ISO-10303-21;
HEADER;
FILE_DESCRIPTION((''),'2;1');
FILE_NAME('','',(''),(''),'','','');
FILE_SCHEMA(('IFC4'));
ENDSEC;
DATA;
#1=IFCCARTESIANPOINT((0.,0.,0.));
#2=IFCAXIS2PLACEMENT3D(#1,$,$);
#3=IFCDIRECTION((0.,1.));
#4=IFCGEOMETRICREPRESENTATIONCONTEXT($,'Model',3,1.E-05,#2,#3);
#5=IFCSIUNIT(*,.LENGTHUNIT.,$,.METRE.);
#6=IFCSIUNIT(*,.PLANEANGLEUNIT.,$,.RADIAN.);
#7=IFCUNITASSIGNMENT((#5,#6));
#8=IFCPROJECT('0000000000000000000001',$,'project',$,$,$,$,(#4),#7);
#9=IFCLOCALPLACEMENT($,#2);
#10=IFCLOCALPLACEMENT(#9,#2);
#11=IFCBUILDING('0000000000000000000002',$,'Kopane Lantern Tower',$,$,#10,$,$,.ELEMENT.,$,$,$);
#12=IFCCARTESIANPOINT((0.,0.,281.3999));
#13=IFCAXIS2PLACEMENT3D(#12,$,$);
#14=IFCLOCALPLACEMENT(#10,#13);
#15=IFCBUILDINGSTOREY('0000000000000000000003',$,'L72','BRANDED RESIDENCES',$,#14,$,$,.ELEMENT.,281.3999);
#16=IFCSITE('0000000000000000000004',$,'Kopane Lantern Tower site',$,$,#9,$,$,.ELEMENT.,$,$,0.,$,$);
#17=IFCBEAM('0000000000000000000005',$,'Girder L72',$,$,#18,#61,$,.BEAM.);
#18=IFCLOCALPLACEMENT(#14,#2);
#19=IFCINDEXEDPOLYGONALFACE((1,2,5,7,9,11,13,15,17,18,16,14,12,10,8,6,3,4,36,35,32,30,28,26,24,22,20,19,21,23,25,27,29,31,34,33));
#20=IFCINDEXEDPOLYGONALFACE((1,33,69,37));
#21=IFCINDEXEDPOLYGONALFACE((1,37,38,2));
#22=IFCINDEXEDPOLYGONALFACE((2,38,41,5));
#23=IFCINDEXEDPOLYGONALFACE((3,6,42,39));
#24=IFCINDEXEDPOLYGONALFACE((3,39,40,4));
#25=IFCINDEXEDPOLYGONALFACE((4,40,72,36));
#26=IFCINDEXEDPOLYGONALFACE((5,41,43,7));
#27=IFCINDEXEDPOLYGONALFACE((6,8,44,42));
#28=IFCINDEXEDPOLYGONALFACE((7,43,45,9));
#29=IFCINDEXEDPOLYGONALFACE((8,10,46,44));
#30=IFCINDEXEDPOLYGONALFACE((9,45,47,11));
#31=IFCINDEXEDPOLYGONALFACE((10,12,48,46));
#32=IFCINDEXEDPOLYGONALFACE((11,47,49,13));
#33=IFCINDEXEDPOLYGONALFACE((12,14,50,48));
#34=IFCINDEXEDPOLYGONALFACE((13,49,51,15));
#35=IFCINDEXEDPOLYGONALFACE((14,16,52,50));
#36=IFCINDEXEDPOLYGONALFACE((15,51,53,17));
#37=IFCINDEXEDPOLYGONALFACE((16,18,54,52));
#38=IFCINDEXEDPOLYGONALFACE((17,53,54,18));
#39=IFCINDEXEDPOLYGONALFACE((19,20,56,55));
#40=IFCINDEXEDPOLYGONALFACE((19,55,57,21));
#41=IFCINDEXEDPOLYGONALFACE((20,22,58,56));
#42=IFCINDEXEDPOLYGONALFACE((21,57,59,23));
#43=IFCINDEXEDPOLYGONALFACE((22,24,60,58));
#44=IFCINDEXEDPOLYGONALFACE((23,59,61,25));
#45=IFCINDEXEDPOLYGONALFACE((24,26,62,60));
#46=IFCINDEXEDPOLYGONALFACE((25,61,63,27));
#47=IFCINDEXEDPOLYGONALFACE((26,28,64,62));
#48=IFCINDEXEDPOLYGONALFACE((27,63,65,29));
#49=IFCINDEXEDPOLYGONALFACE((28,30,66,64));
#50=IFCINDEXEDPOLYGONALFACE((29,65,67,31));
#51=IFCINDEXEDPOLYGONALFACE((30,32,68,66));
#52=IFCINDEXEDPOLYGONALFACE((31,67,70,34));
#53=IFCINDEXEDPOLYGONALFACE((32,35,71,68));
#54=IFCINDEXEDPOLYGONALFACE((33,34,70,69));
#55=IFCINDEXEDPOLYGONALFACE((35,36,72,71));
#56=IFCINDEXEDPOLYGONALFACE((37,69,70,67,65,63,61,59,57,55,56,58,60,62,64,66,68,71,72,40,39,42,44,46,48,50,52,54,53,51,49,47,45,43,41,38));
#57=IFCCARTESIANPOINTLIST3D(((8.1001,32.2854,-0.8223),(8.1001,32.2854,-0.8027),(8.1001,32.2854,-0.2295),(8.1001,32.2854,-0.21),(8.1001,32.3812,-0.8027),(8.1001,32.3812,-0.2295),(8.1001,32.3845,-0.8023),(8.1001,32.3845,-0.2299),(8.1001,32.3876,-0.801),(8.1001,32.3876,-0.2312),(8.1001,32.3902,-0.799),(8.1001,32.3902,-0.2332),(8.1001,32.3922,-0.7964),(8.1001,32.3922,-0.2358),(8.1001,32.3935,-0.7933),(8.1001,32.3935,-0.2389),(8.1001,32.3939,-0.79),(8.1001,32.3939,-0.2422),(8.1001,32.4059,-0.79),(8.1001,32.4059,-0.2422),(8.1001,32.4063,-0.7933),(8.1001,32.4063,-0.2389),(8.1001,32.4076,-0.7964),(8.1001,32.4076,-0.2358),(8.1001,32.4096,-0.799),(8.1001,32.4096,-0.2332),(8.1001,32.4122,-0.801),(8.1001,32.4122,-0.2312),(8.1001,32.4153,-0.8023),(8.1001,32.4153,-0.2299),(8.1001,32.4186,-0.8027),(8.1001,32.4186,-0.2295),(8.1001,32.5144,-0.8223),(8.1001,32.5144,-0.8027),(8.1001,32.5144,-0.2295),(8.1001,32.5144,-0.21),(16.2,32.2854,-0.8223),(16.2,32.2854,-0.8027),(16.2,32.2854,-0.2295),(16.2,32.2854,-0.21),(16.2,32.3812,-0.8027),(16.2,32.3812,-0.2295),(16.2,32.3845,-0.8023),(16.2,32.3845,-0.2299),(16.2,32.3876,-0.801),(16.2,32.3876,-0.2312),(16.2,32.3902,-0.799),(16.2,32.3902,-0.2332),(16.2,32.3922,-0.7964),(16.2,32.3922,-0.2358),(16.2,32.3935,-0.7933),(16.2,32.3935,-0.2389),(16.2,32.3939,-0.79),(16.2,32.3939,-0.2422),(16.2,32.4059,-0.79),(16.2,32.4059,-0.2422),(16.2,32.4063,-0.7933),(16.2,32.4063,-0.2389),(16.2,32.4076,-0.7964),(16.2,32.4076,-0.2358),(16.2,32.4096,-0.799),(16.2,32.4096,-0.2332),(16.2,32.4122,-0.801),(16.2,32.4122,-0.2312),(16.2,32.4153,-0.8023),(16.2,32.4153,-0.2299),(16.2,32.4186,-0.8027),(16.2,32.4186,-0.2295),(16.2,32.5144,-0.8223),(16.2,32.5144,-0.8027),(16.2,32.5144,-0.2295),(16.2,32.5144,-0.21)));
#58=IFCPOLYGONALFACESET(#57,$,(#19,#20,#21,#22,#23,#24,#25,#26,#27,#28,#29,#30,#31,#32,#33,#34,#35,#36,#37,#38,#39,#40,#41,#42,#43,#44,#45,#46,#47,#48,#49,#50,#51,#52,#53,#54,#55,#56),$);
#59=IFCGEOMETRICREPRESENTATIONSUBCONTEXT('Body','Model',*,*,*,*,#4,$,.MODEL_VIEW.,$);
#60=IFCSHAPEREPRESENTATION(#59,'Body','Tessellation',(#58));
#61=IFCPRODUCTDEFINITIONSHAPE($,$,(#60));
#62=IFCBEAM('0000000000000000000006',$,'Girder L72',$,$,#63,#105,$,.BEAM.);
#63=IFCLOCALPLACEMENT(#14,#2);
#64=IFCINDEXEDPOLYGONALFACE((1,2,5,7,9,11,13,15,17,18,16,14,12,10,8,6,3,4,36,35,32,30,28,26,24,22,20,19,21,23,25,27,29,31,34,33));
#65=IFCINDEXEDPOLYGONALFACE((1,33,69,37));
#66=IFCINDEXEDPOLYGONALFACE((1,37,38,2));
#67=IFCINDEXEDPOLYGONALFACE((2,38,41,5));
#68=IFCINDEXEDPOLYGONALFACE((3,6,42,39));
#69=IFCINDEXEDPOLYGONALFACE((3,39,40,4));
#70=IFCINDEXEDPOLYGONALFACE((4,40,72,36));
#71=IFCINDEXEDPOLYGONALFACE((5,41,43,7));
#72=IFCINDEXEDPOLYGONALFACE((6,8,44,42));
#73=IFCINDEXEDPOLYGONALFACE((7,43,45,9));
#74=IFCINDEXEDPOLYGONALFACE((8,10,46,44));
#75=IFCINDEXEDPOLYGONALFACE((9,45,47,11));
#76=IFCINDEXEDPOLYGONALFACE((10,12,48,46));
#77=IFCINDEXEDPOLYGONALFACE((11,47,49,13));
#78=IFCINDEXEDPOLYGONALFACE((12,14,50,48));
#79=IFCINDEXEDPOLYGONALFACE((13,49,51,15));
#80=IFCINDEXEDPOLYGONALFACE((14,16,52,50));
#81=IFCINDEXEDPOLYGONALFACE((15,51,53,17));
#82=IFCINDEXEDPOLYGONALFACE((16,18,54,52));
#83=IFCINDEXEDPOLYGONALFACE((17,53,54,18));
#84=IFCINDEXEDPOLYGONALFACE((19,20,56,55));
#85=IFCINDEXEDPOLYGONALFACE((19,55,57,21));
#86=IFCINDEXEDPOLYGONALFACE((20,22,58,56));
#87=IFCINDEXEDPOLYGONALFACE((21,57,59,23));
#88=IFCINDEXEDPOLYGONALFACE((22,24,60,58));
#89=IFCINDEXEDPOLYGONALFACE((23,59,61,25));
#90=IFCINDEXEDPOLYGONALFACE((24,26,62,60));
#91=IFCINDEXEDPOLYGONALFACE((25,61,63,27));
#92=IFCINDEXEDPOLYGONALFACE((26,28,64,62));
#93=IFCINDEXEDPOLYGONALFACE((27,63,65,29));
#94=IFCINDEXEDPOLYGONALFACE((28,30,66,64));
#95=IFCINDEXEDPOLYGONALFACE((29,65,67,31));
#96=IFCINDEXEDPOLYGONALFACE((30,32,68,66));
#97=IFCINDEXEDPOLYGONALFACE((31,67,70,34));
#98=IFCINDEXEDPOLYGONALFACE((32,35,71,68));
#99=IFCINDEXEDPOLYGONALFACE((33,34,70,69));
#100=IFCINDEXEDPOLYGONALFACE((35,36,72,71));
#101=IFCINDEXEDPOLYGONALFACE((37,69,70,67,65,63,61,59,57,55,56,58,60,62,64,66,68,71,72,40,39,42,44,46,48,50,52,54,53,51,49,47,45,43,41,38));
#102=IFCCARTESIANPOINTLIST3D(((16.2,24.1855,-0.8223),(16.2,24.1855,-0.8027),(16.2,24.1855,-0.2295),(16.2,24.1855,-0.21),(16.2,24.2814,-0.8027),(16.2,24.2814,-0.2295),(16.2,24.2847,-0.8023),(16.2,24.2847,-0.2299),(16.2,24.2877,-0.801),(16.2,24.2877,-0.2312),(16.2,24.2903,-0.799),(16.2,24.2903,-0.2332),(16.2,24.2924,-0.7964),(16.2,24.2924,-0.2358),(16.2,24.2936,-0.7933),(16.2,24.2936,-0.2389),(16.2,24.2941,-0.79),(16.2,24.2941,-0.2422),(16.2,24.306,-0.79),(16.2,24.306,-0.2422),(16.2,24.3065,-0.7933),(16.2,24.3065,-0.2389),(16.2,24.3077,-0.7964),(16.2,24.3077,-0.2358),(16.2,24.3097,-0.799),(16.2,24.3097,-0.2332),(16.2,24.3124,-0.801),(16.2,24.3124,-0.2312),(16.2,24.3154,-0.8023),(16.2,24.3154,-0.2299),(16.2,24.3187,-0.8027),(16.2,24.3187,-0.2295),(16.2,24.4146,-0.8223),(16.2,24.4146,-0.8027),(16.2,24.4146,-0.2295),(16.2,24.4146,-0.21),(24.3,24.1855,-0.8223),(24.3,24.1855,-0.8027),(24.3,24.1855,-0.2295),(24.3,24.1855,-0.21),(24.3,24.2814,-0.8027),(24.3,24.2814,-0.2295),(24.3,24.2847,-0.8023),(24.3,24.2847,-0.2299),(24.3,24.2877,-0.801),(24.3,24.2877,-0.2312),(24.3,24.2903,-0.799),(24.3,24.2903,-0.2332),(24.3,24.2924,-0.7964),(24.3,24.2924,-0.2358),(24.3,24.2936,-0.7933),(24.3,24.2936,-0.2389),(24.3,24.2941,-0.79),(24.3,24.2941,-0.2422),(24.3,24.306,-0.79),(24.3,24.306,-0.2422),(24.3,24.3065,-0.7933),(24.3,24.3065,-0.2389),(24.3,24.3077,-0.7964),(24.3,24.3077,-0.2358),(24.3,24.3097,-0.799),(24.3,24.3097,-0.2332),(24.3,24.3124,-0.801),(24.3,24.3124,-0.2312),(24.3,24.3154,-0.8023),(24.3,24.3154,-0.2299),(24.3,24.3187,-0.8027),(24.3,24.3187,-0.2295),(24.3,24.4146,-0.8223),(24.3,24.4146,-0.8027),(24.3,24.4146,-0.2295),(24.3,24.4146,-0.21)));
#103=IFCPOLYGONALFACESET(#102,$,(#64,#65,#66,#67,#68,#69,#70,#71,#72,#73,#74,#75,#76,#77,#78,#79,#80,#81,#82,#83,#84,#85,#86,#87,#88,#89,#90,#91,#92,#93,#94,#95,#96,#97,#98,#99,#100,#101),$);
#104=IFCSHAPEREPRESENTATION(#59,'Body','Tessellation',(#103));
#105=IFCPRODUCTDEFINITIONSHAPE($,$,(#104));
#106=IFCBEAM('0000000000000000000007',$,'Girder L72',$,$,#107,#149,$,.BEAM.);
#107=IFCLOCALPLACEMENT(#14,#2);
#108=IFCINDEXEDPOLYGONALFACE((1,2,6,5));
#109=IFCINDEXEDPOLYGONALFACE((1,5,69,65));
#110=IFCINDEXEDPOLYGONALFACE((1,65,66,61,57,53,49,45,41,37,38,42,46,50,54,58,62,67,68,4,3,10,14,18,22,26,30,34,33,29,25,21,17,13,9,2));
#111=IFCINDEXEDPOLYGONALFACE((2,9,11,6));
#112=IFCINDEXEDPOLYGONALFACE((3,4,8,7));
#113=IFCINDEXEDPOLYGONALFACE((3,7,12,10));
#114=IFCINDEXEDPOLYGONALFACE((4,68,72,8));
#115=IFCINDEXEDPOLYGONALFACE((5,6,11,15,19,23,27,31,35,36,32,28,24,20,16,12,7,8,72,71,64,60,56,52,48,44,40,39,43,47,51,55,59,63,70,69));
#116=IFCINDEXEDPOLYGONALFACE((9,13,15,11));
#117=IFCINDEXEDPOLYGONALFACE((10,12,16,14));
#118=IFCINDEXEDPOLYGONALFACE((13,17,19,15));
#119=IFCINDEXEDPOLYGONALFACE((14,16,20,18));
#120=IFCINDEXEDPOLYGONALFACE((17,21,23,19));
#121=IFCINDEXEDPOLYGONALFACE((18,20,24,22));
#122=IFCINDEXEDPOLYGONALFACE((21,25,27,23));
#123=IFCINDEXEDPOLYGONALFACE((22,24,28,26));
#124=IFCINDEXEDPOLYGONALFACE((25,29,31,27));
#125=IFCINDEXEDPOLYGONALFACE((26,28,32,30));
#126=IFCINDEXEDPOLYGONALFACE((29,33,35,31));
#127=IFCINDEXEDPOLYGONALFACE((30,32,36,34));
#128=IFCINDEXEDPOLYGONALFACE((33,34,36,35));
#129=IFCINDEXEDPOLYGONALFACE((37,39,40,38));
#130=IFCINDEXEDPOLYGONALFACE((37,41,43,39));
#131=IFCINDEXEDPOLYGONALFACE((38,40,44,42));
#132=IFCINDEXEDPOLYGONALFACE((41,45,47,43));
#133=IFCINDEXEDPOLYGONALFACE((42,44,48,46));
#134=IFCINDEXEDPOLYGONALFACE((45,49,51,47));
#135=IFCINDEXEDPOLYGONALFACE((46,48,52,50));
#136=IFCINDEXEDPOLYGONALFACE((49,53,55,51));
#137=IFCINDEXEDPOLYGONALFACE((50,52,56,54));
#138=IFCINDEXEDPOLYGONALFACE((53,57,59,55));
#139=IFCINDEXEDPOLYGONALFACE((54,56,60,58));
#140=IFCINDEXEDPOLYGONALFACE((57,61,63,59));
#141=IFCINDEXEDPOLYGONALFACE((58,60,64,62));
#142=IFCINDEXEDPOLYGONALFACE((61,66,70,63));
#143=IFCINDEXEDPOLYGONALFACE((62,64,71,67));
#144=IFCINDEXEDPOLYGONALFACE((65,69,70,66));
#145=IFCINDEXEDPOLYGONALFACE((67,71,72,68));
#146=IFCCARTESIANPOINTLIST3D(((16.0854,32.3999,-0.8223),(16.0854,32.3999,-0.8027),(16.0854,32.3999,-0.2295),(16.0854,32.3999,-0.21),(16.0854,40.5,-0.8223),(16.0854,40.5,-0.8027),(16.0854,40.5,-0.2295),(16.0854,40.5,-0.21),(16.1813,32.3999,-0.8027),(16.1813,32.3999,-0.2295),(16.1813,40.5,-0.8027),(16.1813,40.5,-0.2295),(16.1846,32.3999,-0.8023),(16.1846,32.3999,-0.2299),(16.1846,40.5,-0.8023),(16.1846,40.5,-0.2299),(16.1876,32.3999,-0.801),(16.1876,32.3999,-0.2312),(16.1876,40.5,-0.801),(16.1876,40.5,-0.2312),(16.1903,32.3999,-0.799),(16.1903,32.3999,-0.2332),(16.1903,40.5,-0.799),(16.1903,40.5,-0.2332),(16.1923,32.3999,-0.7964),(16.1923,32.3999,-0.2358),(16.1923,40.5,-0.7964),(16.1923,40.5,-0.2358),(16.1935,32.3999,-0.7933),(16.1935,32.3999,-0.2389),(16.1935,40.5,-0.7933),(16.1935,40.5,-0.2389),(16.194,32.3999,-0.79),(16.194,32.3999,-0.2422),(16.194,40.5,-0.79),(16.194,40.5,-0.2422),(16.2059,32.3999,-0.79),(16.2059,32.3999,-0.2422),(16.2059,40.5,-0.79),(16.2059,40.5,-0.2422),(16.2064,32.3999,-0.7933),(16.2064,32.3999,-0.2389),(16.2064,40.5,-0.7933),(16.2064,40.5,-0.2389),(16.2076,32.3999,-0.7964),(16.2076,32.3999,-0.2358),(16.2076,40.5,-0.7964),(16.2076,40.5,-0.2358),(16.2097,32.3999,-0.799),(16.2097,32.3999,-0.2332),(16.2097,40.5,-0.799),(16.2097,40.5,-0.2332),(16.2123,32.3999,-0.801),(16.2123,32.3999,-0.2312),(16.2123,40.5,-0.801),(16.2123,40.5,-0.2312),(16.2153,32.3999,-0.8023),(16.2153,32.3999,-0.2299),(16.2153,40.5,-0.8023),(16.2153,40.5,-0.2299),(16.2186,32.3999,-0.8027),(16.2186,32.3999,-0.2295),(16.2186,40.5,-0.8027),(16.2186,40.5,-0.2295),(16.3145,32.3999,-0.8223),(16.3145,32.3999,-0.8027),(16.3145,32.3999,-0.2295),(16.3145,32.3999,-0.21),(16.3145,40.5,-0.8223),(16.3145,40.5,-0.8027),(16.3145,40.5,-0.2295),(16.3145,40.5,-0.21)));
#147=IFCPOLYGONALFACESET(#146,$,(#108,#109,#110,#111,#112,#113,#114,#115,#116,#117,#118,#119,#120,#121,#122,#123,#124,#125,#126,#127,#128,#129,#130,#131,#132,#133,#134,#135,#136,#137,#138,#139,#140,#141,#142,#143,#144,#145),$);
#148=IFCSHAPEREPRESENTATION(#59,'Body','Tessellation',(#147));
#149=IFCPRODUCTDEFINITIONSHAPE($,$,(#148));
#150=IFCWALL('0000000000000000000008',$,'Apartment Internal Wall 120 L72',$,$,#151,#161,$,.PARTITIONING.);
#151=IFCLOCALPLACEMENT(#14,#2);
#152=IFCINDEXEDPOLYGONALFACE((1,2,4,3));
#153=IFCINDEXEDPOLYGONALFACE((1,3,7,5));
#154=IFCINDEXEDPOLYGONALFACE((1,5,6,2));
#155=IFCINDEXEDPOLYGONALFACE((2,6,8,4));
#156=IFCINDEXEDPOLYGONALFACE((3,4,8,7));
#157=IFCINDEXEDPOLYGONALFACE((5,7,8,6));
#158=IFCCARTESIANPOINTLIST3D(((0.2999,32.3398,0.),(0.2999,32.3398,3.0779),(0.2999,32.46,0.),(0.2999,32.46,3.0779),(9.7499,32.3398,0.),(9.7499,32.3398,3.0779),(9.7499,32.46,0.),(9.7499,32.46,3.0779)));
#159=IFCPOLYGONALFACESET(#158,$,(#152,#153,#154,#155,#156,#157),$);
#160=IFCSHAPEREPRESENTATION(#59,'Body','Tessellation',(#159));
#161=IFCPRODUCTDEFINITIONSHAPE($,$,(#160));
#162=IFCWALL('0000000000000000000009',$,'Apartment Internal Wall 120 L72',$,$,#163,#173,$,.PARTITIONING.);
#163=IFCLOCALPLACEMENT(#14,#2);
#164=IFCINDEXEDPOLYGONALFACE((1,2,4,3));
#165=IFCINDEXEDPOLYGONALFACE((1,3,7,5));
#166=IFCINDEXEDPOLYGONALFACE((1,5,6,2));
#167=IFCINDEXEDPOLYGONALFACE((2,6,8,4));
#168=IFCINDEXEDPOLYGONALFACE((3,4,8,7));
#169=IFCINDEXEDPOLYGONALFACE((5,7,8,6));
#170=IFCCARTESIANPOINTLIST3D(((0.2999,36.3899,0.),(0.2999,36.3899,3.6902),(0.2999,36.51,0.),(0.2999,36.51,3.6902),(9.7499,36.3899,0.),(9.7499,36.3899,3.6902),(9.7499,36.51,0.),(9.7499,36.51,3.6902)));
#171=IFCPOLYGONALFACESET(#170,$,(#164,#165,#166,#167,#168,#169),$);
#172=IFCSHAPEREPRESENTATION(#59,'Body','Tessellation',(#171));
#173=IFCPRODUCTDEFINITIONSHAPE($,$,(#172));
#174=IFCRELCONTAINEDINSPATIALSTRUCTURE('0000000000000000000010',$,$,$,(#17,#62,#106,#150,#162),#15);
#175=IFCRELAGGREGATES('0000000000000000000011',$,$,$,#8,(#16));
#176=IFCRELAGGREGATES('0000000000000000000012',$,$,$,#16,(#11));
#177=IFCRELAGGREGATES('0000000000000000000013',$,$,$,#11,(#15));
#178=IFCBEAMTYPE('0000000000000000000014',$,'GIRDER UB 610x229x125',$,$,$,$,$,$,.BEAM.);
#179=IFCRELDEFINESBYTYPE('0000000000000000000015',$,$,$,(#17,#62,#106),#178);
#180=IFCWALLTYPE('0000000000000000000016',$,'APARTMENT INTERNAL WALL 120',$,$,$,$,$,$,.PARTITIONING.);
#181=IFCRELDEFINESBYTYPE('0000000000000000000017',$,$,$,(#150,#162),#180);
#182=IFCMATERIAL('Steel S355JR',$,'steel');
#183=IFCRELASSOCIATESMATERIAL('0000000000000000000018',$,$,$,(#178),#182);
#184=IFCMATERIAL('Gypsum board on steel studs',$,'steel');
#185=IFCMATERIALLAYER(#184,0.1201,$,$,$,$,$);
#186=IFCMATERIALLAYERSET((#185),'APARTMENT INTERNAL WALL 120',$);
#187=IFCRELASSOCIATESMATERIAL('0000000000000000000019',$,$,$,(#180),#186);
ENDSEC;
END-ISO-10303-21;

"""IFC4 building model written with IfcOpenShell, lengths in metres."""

from ifc_helpers import new_model, si_unit, direction, frame, frame_2d, origin, origin_2d, place, context, subcontext, project, spatial, rectangle, i_section, extrude, material, layer, layer_set, material_profile, profile_set, type_object, element, save


model = new_model("IFC4")

# Units and contexts
model_context = context("Model", 3, precision=1e-05, world=origin(), true_north=direction((0.0, 1.0)))
body_context = subcontext(model_context, "Body", "Model", "MODEL_VIEW")
ifc_project = project(units=[si_unit("LENGTHUNIT", "METRE"), si_unit("PLANEANGLEUNIT", "RADIAN")], contexts=[model_context])

# Site, building, storey
site_placement = place(None, origin())
site = spatial("IfcSite", under=ifc_project, at=site_placement, Name="Kopane Lantern Tower site", CompositionType="ELEMENT", RefElevation=0.0)
building_placement = place(site_placement, origin())
building = spatial("IfcBuilding", under=site, at=building_placement, Name="Kopane Lantern Tower", CompositionType="ELEMENT")
storey_placement = place(building_placement, frame((0.0, 0.0, 281.3999)))
storey = spatial("IfcBuildingStorey", under=building, at=storey_placement, Name="L72", Description="BRANDED RESIDENCES", CompositionType="ELEMENT", Elevation=281.3999)

# Beams
ifc_material_1 = material(Name="Steel S355JR", Category="steel")
ifc_material_profile_1 = material_profile(ifc_material_1, i_section(OverallWidth=0.229, OverallDepth=0.6123, WebThickness=0.012, FlangeThickness=0.0195, FilletRadius=0.0127, at=origin_2d()), Name="UB 610x229x125")
ifc_profile_set_1 = profile_set([ifc_material_profile_1], Name="Steel S355JR")
beam_type_1 = type_object("IfcBeamType", Name="GIRDER UB 610x229x125", PredefinedType="BEAM", material=ifc_profile_set_1)
beam_1_placement = place(storey_placement, frame((8.1001, 32.3999, -0.5161), z_axis=(1.0, 0.0, 0.0), x_axis=(0.0, 1.0, 0.0)))
element("IfcBeam", 1, at=beam_1_placement, inside=storey, type_object=beam_type_1, Name="Girder L72", PredefinedType="BEAM", context=body_context, shape_type="SweptSolid", body=[
    extrude(i_section(OverallWidth=0.229, OverallDepth=0.6123, WebThickness=0.012, FlangeThickness=0.0195, FilletRadius=0.0127, at=origin_2d()), origin(), (0.0, 0.0, 1.0), 8.0999),
])
for number, where, z_axis, x_axis, name in (
    (2, (16.2, 24.3, -0.5161), (1.0, 0.0, 0.0), (0.0, 1.0, 0.0), "Girder L72"),
    (3, (16.2, 32.3999, -0.5161), (0.0, 1.0, 0.0), (-1.0, 0.0, 0.0), "Girder L72"),
):
    element("IfcBeam", number, at=place(storey_placement, frame(where, z_axis=z_axis, x_axis=x_axis)), inside=storey, type_object=beam_type_1, Name=name, PredefinedType="BEAM", context=body_context, shape_type="SweptSolid", body=[
        extrude(i_section(OverallWidth=0.229, OverallDepth=0.6123, WebThickness=0.012, FlangeThickness=0.0195, FilletRadius=0.0127, at=origin_2d()), origin(), (0.0, 0.0, 1.0), 8.1001),
    ])

# Walls
ifc_material_2 = material(Name="Gypsum board on steel studs", Category="steel")
ifc_layer_1 = layer(ifc_material_2, 0.1201)
ifc_layer_set_1 = layer_set([ifc_layer_1], Name="APARTMENT INTERNAL WALL 120")
wall_type_1 = type_object("IfcWallType", Name="APARTMENT INTERNAL WALL 120", PredefinedType="PARTITIONING", material=ifc_layer_set_1)
wall_1_placement = place(storey_placement, frame((9.75, 32.3999, 0.0), z_axis=(0.0, 0.0, 1.0), x_axis=(-1.0, 0.0, 0.0)))
element("IfcWall", 4, at=wall_1_placement, inside=storey, type_object=wall_type_1, Name="Apartment Internal Wall 120 L72", PredefinedType="PARTITIONING", context=body_context, shape_type="SweptSolid", body=[
    extrude(rectangle(XDim=9.45, YDim=0.1201, at=frame_2d((4.7251, 0.0))), origin(), (0.0, 0.0, 1.0), 3.0779),
])
wall_2_placement = place(storey_placement, frame((9.75, 36.45, 0.0), z_axis=(0.0, 0.0, 1.0), x_axis=(-1.0, 0.0, 0.0)))
element("IfcWall", 5, at=wall_2_placement, inside=storey, type_object=wall_type_1, Name="Apartment Internal Wall 120 L72", PredefinedType="PARTITIONING", context=body_context, shape_type="SweptSolid", body=[
    extrude(rectangle(XDim=9.45, YDim=0.1201, at=frame_2d((4.7251, 0.0))), origin(), (0.0, 0.0, 1.0), 3.6902),
])

save(model, "model.ifc")
